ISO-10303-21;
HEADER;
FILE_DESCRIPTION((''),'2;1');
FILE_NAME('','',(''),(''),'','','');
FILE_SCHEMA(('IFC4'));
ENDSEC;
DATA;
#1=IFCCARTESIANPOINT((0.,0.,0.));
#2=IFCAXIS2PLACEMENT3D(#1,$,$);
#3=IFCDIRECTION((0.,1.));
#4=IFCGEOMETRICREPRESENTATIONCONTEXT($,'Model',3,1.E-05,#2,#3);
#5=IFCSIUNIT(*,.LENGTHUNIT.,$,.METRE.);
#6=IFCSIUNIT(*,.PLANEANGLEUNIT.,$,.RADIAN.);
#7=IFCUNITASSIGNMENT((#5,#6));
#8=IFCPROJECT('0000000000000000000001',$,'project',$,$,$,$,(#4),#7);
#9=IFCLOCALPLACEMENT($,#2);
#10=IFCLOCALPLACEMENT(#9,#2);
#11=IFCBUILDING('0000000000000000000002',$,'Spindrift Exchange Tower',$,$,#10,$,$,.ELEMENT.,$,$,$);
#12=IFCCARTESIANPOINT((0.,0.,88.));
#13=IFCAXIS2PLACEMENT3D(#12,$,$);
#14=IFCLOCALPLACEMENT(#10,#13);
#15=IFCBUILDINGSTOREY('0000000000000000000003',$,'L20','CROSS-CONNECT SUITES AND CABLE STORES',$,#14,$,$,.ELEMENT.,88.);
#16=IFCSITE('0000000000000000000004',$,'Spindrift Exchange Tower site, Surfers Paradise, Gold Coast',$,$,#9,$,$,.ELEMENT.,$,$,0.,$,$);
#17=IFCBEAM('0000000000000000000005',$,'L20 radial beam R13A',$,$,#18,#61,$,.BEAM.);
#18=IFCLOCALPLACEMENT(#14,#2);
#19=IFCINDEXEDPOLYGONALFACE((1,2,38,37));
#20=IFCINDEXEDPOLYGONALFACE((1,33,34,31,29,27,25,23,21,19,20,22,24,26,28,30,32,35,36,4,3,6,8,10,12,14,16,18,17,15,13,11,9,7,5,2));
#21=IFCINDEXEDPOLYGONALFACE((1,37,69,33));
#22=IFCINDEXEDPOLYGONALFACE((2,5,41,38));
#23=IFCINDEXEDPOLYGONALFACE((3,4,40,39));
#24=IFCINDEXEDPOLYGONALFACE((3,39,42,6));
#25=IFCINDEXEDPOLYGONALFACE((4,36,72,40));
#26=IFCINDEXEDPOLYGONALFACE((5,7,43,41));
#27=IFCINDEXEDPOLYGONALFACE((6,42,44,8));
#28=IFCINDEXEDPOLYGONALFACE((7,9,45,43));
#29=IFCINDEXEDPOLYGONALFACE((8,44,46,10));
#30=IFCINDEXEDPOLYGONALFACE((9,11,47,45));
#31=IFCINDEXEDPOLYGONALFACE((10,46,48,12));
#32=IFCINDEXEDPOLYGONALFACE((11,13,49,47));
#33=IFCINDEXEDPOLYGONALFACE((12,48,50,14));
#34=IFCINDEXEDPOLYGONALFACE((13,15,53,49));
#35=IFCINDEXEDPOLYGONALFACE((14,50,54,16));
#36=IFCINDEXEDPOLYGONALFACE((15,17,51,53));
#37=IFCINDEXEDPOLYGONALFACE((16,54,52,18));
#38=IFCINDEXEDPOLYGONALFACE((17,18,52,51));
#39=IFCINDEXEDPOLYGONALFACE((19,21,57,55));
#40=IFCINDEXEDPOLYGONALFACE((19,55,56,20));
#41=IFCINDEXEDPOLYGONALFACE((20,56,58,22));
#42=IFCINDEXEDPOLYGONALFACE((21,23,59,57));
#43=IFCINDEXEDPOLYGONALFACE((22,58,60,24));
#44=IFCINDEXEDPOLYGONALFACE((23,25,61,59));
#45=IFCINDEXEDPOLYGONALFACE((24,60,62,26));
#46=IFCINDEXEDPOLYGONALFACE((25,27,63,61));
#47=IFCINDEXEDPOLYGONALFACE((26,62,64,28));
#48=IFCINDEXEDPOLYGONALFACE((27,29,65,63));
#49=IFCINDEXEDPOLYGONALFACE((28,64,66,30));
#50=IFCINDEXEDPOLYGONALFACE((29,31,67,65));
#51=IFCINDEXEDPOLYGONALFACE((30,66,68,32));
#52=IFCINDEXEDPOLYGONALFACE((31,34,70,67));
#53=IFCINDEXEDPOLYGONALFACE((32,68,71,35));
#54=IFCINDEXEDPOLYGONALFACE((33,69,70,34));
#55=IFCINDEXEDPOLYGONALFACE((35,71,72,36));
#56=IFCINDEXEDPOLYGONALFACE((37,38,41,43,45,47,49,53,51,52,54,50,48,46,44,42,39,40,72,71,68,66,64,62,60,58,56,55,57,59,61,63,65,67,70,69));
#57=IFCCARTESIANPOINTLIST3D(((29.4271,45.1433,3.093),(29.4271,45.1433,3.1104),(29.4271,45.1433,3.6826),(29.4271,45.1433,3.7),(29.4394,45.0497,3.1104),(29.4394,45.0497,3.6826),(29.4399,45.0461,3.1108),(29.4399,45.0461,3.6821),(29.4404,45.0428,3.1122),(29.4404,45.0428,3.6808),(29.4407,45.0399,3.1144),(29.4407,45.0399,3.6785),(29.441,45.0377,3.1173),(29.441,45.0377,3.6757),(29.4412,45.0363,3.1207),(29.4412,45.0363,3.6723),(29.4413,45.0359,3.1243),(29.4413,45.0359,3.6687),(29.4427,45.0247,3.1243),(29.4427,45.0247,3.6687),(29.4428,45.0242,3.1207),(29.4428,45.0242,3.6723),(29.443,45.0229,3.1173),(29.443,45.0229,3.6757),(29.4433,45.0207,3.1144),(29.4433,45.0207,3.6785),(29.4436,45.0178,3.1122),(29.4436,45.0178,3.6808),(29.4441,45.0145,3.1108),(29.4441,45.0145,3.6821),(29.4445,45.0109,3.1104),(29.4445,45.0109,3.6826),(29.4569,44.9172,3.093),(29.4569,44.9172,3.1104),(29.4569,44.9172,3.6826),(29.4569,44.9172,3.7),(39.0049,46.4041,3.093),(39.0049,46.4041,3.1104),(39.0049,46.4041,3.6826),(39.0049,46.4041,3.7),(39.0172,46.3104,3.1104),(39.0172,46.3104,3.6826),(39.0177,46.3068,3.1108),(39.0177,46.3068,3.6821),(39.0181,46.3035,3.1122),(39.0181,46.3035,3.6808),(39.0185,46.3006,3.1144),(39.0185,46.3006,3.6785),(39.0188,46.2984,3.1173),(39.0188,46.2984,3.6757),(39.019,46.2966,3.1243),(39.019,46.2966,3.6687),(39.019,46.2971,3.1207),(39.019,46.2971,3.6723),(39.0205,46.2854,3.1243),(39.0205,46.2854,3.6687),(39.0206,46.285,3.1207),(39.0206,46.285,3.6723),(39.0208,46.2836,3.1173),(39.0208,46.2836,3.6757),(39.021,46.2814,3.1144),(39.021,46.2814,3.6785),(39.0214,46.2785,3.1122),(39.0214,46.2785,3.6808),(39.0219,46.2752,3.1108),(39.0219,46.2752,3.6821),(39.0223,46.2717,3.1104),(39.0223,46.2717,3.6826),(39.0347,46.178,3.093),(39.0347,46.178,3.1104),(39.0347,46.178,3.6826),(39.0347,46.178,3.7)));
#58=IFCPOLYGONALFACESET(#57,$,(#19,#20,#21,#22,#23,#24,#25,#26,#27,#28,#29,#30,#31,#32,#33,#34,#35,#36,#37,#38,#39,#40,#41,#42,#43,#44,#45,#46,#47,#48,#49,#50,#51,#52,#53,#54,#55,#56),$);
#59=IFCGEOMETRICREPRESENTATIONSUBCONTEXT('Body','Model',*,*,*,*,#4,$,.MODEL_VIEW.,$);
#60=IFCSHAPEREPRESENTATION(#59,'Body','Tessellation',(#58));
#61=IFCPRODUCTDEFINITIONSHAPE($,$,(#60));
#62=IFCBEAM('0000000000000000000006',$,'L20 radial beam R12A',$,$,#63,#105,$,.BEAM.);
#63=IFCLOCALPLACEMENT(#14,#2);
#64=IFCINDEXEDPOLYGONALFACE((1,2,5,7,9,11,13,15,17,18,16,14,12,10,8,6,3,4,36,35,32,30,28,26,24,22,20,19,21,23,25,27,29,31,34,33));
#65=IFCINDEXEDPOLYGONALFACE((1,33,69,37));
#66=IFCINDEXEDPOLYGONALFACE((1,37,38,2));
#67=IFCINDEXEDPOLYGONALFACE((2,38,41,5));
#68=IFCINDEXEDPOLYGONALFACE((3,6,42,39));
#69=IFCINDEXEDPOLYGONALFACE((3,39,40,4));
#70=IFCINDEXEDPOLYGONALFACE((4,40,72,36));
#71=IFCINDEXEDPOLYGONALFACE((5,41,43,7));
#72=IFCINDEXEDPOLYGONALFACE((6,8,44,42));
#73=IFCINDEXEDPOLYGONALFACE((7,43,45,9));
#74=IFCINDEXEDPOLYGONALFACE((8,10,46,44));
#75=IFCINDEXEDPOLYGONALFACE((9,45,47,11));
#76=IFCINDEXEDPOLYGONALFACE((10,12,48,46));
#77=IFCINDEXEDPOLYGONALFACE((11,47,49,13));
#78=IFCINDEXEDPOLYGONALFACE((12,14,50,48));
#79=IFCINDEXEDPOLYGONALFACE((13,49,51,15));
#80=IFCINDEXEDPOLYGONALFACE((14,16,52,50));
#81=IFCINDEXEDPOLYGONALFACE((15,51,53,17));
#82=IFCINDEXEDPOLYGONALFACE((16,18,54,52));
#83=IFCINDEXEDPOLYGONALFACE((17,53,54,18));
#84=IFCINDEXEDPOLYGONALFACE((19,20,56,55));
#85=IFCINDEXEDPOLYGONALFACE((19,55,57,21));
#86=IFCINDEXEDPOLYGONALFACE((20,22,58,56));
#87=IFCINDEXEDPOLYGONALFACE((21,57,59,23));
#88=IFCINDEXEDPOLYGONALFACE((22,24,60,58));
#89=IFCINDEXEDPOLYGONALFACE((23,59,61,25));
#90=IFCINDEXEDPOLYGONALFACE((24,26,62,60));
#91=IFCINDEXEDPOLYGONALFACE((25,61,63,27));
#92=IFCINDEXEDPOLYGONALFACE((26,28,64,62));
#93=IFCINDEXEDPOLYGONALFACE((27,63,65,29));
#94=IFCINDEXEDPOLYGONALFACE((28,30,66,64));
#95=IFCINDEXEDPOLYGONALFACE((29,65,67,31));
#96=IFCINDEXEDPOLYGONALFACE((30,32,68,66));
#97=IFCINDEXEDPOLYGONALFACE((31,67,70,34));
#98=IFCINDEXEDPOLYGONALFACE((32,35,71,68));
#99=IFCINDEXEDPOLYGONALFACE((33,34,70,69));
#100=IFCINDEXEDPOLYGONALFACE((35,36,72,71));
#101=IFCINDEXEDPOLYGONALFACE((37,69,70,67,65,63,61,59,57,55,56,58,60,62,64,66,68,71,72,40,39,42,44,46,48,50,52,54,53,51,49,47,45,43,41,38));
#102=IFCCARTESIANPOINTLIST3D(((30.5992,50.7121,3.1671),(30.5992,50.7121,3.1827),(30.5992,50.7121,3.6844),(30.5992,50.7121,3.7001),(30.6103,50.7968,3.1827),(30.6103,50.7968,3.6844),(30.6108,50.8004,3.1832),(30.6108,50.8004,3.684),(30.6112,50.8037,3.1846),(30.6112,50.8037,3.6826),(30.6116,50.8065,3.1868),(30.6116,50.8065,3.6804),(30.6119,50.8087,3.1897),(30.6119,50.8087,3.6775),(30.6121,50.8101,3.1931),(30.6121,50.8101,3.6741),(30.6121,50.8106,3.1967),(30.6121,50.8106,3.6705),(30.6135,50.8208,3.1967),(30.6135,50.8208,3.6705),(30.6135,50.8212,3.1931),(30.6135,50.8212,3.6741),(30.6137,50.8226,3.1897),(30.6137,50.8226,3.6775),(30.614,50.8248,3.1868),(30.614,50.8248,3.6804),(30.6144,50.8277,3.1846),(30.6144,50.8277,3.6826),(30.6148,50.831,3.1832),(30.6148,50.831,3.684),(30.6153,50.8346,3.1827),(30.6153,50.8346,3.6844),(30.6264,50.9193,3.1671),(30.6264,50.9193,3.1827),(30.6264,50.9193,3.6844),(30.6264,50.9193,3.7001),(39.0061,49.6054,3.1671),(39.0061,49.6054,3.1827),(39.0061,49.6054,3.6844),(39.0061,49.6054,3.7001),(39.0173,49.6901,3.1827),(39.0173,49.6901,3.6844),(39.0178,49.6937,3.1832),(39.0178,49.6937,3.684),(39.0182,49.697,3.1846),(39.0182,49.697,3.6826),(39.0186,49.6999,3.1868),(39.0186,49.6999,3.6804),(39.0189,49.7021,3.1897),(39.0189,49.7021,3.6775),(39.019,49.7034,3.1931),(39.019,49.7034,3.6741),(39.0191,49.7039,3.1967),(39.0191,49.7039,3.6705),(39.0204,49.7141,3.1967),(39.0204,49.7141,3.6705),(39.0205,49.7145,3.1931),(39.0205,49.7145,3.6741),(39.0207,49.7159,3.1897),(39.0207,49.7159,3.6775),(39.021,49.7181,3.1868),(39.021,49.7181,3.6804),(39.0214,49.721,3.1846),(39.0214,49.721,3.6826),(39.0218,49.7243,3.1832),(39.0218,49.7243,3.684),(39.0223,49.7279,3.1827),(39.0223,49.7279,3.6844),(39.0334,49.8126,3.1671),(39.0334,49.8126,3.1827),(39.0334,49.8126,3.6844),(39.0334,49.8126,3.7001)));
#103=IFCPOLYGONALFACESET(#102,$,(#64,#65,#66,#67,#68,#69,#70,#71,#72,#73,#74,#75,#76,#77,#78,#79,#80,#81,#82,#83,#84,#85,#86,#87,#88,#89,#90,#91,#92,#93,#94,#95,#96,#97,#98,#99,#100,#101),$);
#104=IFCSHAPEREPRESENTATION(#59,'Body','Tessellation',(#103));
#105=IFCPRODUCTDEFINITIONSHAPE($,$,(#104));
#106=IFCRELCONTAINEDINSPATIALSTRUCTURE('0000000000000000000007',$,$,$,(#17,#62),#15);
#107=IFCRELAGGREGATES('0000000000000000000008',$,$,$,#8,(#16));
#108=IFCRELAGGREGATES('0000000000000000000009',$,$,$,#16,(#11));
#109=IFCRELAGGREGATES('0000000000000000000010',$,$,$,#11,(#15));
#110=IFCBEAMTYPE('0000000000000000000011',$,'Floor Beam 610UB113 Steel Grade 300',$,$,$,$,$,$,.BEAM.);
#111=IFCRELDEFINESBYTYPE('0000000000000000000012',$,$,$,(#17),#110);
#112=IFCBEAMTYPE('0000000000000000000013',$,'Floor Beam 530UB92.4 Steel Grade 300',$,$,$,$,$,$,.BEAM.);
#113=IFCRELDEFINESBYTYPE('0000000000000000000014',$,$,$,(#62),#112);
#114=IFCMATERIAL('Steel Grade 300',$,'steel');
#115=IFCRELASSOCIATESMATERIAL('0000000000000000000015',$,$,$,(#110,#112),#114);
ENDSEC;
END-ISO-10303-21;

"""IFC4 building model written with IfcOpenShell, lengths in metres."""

from ifc_helpers import new_model, si_unit, direction, frame, origin, origin_2d, place, context, subcontext, project, spatial, i_section, extrude, source, transform, mapped, material, material_profile, profile_set, type_object, element, save


model = new_model("IFC4")

# Units and contexts
model_context = context("Model", 3, precision=1e-05, world=origin(), true_north=direction((0.0, 1.0)))
body_context = subcontext(model_context, "Body", "Model", "MODEL_VIEW")
ifc_project = project(units=[si_unit("LENGTHUNIT", "METRE"), si_unit("PLANEANGLEUNIT", "RADIAN")], contexts=[model_context])

# Site, building, storey
site_placement = place(None, origin())
site = spatial("IfcSite", under=ifc_project, at=site_placement, Name="Spindrift Exchange Tower site, Surfers Paradise, Gold Coast", CompositionType="ELEMENT", RefElevation=0.0)
building_placement = place(site_placement, origin())
building = spatial("IfcBuilding", under=site, at=building_placement, Name="Spindrift Exchange Tower", CompositionType="ELEMENT")
storey_placement = place(building_placement, frame((0.0, 0.0, 88.0)))
storey = spatial("IfcBuildingStorey", under=building, at=storey_placement, Name="L20", Description="CROSS-CONNECT SUITES AND CABLE STORES", CompositionType="ELEMENT", Elevation=88.0)

# Beams
ifc_material_1 = material(Name="Steel Grade 300", Category="steel")
ifc_material_profile_1 = material_profile(ifc_material_1, i_section(OverallWidth=0.228, OverallDepth=0.6069, WebThickness=0.0112, FlangeThickness=0.0173, FilletRadius=0.0139, at=origin_2d()), Name="610UB113")
ifc_profile_set_1 = profile_set([ifc_material_profile_1], Name="Steel Grade 300")
beam_type_1 = type_object("IfcBeamType", Name="Floor Beam 610UB113 Steel Grade 300", PredefinedType="BEAM", material=ifc_profile_set_1)
shared_shape_1 = source(origin(), body_context, "Body", "SweptSolid", [
    extrude(i_section(OverallWidth=0.228, OverallDepth=0.6069, WebThickness=0.0112, FlangeThickness=0.0173, FilletRadius=0.0139, at=origin_2d()), origin(), (0.0, 0.0, 1.0), 9.6604),
])
beam_1_placement = place(storey_placement, frame((39.0198, 46.291, 3.3965), z_axis=(-0.991448, -0.130505, 0.0), x_axis=(0.130505, -0.991448, 0.0)))
element("IfcBeam", 1, at=beam_1_placement, inside=storey, type_object=beam_type_1, Name="L20 radial beam R13A", PredefinedType="BEAM", context=body_context, shape_type="MappedRepresentation", body=[
    mapped(shared_shape_1, transform((0.0, 0.0, 0.0), scale=1.0)),
])
ifc_material_profile_2 = material_profile(ifc_material_1, i_section(OverallWidth=0.209, OverallDepth=0.533, WebThickness=0.0103, FlangeThickness=0.0156, FilletRadius=0.0139, at=origin_2d()), Name="530UB92.4")
ifc_profile_set_2 = profile_set([ifc_material_profile_2], Name="Steel Grade 300")
beam_type_2 = type_object("IfcBeamType", Name="Floor Beam 530UB92.4 Steel Grade 300", PredefinedType="BEAM", material=ifc_profile_set_2)
shared_shape_2 = source(origin(), body_context, "Body", "SweptSolid", [
    extrude(i_section(OverallWidth=0.209, OverallDepth=0.533, WebThickness=0.0103, FlangeThickness=0.0156, FilletRadius=0.0139, at=origin_2d()), origin(), (0.0, 0.0, 1.0), 8.4795),
])
beam_2_placement = place(storey_placement, frame((39.0198, 49.709, 3.4336), z_axis=(-0.991447, 0.130513, 0.0), x_axis=(-0.130513, -0.991447, 0.0)))
element("IfcBeam", 2, at=beam_2_placement, inside=storey, type_object=beam_type_2, Name="L20 radial beam R12A", PredefinedType="BEAM", context=body_context, shape_type="MappedRepresentation", body=[
    mapped(shared_shape_2, transform((0.0, 0.0, 0.0), scale=1.0)),
])

save(model, "model.ifc")
